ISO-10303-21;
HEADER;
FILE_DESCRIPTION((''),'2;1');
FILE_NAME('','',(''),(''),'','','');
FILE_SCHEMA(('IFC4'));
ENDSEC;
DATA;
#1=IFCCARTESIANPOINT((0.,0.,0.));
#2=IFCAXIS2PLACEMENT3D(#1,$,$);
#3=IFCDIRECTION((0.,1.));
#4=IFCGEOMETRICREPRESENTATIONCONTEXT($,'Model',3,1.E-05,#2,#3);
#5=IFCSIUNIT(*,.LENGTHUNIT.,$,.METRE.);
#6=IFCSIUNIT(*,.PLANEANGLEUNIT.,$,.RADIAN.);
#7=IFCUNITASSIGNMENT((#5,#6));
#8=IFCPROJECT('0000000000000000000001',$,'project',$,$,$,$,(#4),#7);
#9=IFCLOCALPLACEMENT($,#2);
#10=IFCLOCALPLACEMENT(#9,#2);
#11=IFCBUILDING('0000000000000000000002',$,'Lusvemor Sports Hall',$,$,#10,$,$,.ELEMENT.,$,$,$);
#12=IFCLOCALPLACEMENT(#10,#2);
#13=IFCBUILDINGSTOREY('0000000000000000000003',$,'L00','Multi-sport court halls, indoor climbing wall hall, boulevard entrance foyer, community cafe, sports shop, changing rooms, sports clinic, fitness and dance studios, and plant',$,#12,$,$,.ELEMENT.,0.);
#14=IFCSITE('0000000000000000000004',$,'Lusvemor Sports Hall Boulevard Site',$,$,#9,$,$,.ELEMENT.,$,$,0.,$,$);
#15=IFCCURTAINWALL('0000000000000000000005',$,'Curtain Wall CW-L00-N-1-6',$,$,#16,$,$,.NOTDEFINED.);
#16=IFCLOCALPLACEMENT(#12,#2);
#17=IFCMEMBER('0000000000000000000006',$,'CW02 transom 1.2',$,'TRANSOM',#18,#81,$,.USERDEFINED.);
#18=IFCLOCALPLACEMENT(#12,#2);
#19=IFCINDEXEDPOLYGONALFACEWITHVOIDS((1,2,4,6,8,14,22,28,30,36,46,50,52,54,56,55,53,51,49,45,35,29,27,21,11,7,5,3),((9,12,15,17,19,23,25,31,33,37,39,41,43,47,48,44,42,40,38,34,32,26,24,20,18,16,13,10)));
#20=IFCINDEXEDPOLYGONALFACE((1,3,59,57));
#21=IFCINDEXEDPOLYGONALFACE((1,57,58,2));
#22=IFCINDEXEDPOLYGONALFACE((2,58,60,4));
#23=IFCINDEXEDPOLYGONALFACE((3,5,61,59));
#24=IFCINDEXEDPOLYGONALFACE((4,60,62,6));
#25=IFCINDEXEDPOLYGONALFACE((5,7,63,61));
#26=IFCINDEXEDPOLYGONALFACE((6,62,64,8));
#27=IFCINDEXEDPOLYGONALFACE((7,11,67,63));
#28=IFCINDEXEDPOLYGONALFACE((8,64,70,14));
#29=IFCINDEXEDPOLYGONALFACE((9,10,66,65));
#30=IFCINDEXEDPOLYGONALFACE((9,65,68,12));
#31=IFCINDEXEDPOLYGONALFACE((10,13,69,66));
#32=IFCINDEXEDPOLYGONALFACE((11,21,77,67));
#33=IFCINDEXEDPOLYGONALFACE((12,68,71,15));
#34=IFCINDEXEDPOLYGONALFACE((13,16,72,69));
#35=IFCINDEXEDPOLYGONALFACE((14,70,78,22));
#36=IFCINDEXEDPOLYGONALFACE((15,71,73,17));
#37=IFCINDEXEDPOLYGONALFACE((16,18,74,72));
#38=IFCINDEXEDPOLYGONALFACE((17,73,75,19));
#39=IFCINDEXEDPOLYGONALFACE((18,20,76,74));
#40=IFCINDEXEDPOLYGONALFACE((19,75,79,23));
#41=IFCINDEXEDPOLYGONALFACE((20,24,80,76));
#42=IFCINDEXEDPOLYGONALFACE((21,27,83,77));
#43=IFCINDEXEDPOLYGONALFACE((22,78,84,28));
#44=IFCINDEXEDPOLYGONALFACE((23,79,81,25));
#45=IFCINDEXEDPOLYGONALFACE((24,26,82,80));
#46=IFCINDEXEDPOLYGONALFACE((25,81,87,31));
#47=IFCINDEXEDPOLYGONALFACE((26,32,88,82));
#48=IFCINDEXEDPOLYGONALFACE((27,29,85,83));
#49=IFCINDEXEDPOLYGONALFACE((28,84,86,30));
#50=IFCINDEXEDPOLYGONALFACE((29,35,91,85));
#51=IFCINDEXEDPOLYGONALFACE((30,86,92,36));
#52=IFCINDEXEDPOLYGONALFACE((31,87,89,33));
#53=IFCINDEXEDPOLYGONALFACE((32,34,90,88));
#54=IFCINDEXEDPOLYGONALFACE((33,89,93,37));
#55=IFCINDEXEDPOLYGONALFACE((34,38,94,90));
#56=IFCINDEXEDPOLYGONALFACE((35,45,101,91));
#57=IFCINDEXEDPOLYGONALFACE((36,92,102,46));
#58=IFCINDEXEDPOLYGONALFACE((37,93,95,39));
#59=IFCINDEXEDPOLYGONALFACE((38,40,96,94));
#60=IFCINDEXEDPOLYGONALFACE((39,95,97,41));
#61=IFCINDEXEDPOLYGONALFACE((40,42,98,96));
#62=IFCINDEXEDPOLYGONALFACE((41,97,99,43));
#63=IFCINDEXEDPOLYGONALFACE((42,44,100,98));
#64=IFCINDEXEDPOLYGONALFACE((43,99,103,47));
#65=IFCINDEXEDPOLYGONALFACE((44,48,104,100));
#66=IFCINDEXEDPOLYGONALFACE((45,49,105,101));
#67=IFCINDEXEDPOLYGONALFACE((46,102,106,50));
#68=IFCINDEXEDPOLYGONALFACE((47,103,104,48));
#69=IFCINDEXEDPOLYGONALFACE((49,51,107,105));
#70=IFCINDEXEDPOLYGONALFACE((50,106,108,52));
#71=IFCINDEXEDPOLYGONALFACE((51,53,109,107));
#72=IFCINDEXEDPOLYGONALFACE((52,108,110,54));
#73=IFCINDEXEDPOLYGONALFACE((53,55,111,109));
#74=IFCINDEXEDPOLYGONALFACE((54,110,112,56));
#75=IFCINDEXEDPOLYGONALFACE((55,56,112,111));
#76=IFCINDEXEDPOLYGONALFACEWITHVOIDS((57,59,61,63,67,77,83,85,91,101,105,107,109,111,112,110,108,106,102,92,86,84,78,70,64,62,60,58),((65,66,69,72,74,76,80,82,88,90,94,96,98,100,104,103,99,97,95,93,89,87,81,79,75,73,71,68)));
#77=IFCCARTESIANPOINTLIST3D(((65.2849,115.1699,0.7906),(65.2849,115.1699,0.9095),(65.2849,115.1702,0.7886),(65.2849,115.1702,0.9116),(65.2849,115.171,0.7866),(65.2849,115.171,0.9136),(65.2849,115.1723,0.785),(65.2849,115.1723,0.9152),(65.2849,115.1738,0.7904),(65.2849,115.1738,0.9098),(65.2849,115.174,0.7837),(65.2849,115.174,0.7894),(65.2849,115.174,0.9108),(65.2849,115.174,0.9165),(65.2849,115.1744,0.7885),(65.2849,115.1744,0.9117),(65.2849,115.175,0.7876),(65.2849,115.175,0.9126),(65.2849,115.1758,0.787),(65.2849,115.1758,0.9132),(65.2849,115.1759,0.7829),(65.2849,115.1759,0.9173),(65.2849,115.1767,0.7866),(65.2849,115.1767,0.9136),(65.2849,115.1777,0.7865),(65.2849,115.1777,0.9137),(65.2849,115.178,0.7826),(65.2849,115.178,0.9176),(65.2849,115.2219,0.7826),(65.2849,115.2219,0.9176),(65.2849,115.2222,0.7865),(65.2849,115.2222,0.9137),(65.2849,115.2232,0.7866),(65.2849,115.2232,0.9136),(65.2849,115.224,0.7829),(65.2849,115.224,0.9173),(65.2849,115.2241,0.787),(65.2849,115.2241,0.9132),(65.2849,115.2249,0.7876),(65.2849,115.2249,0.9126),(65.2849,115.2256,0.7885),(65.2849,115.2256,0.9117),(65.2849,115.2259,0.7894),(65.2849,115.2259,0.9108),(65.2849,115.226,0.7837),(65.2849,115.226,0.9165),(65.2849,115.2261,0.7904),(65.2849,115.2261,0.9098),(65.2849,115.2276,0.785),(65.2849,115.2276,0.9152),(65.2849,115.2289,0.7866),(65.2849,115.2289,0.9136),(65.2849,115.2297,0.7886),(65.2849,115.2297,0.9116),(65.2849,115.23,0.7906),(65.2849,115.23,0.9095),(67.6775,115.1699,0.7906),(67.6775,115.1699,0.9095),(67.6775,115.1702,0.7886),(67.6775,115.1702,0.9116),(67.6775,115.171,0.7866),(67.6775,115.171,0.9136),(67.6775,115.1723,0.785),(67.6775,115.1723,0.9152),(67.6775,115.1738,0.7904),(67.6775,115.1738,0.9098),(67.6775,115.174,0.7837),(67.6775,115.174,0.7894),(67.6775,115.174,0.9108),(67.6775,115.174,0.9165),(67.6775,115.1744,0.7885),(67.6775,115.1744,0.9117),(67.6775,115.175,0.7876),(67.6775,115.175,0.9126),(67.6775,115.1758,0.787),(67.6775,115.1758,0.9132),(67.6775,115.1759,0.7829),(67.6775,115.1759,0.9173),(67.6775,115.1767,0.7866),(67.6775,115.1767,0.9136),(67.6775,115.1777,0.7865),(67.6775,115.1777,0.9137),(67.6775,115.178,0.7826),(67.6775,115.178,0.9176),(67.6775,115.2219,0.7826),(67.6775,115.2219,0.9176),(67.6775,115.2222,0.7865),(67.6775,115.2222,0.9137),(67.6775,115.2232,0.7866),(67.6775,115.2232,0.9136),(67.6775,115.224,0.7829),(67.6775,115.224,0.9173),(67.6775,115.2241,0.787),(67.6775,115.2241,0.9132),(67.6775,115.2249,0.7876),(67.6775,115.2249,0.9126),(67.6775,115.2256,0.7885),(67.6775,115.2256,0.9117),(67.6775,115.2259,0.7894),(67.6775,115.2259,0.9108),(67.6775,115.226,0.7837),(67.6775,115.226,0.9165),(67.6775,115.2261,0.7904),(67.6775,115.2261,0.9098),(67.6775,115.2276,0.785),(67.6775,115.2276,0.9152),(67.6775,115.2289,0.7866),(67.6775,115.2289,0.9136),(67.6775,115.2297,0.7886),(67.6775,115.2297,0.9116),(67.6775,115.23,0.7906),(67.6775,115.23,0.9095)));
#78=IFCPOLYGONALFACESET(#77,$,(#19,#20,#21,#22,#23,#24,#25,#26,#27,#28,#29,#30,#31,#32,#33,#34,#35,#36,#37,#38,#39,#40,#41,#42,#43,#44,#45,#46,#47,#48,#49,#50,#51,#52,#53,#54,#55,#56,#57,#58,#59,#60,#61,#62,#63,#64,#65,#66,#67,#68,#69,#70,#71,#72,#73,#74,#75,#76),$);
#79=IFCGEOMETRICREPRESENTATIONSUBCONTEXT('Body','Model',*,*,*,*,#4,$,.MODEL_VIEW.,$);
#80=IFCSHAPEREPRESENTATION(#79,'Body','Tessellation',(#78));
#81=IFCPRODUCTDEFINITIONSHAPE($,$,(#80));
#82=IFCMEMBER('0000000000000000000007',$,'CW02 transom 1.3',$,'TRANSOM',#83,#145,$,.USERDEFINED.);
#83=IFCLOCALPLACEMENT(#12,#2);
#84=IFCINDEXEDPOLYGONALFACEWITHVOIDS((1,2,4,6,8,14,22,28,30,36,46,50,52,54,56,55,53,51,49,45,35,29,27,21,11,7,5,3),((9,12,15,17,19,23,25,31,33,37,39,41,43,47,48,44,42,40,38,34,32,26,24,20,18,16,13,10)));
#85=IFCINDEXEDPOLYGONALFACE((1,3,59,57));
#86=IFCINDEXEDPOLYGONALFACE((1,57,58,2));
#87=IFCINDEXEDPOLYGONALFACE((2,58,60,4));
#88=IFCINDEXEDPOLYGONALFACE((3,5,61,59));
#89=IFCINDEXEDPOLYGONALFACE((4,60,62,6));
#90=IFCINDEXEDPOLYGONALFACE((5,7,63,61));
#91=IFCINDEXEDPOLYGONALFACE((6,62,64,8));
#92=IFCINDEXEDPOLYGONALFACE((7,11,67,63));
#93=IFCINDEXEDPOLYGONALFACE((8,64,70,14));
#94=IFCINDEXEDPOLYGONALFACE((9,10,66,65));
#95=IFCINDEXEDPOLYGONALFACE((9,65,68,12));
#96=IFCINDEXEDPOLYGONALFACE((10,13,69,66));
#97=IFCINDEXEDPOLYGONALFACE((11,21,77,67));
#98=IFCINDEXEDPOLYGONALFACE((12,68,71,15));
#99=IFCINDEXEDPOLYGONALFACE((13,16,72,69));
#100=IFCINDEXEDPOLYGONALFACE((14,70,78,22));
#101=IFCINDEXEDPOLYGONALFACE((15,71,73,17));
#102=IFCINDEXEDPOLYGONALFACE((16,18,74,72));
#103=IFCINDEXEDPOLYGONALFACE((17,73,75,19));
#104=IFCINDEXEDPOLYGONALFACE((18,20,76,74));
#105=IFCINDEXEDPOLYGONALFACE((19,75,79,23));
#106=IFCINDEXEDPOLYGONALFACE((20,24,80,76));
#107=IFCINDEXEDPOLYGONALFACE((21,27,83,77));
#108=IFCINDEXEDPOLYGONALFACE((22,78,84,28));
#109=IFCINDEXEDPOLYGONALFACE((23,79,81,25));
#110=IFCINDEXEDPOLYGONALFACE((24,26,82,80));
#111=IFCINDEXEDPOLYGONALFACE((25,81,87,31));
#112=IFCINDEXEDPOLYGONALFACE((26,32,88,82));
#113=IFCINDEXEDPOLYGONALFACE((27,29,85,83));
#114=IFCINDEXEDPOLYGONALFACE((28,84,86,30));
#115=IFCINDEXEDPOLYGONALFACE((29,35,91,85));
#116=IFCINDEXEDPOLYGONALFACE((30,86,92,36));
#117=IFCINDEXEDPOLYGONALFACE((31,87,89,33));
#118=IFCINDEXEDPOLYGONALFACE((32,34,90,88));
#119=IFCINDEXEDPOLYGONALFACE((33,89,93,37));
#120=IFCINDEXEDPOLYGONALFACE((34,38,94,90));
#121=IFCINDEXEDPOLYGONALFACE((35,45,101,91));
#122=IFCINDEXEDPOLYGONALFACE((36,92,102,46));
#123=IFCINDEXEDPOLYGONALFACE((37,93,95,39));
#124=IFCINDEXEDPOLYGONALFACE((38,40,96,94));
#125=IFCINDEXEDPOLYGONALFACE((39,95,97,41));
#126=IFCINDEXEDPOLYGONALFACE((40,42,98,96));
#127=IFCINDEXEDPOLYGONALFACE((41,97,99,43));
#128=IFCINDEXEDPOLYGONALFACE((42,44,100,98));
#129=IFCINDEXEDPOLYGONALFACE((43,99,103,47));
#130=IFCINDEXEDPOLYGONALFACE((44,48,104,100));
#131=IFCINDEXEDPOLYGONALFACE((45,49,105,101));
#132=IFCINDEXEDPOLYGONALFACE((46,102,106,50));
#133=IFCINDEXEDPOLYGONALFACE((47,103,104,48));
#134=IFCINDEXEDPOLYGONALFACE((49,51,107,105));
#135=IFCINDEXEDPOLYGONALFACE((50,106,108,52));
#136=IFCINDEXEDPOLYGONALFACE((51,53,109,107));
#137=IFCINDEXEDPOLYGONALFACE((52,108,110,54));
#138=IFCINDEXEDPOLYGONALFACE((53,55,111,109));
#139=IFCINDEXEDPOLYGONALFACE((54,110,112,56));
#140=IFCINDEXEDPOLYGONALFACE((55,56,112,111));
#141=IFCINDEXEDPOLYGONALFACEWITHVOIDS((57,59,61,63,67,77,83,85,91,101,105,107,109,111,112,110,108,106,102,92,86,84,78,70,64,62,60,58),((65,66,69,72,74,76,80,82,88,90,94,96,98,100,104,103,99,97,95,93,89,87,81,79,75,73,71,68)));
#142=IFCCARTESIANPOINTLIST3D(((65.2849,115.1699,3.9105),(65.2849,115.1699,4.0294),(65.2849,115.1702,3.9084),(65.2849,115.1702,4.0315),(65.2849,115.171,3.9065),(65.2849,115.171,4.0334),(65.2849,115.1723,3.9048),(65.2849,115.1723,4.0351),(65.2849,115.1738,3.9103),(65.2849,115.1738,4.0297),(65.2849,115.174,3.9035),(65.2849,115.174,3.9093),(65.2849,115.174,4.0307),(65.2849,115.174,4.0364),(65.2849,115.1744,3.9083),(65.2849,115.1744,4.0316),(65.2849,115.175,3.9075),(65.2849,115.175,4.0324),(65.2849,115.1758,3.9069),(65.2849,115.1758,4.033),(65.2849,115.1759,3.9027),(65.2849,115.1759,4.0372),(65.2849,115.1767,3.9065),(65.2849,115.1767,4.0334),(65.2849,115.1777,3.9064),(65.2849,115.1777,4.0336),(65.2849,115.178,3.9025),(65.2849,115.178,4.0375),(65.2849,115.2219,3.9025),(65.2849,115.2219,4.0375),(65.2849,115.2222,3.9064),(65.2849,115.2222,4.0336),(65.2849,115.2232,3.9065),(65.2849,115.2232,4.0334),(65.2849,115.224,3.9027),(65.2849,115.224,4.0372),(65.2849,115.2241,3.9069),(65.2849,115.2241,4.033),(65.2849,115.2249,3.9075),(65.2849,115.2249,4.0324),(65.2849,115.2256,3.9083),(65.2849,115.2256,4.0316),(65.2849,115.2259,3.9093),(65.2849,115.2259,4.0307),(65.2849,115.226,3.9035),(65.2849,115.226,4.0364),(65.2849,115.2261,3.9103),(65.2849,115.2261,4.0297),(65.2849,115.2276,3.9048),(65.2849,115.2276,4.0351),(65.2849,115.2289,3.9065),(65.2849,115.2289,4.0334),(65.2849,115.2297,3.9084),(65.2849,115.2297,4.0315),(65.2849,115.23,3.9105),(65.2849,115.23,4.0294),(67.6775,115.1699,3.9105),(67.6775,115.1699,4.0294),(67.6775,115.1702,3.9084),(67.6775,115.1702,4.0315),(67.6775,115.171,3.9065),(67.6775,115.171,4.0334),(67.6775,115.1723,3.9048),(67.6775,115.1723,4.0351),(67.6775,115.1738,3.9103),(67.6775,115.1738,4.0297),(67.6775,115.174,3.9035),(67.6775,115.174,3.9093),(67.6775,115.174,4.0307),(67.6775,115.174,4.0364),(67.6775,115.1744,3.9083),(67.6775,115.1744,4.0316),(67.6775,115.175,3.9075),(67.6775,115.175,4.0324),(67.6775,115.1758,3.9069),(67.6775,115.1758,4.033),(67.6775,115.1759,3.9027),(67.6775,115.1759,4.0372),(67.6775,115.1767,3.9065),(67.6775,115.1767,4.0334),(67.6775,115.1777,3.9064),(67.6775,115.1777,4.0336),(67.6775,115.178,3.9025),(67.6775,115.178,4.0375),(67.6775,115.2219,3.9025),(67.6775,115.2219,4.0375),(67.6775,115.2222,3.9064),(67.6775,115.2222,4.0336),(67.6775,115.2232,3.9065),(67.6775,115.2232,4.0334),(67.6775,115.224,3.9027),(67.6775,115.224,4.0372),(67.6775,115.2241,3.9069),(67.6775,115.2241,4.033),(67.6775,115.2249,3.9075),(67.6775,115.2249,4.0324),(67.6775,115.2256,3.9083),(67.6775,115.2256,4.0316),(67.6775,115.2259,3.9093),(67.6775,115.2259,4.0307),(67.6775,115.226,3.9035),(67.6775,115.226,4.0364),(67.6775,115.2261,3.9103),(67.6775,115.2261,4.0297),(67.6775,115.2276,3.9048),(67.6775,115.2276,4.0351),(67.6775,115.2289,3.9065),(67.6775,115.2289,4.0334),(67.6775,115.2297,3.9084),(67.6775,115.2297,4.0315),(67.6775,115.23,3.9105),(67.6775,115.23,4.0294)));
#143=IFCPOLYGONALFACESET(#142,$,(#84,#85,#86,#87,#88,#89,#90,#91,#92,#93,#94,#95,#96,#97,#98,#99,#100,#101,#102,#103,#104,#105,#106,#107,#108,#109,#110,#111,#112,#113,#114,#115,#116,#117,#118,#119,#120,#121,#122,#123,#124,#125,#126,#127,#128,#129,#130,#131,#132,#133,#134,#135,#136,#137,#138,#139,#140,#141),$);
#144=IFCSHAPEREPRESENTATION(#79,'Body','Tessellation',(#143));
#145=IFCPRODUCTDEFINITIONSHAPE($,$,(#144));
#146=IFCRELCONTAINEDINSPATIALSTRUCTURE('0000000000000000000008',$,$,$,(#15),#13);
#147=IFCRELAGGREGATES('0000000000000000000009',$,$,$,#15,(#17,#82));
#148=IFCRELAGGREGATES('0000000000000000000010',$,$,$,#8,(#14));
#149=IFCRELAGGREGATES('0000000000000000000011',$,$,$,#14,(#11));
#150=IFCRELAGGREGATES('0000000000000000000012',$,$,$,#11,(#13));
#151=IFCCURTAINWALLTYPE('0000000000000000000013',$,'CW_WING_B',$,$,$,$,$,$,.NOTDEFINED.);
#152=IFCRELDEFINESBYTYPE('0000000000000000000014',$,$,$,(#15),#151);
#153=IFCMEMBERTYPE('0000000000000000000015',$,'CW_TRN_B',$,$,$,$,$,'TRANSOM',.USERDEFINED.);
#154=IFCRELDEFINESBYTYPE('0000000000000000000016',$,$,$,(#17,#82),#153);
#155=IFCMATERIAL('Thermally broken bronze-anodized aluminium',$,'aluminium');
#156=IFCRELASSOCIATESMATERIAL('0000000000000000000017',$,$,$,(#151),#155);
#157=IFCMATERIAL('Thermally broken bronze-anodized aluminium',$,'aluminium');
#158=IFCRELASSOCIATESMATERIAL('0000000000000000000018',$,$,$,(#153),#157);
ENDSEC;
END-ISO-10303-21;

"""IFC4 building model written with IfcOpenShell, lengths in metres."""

from ifc_helpers import new_model, si_unit, direction, frame, origin, origin_2d, place, context, subcontext, project, spatial, hollow_rectangle, extrude, material, material_profile, profile_set, type_object, element, aggregate, save


model = new_model("IFC4")

# Units and contexts
model_context = context("Model", 3, precision=1e-05, world=origin(), true_north=direction((0.0, 1.0)))
body_context = subcontext(model_context, "Body", "Model", "MODEL_VIEW")
ifc_project = project(units=[si_unit("LENGTHUNIT", "METRE"), si_unit("PLANEANGLEUNIT", "RADIAN")], contexts=[model_context])

# Site, building, storey
site_placement = place(None, origin())
site = spatial("IfcSite", under=ifc_project, at=site_placement, Name="Lusvemor Sports Hall Boulevard Site", CompositionType="ELEMENT", RefElevation=0.0)
building_placement = place(site_placement, origin())
building = spatial("IfcBuilding", under=site, at=building_placement, Name="Lusvemor Sports Hall", CompositionType="ELEMENT")
storey_placement = place(building_placement, origin())
storey = spatial("IfcBuildingStorey", under=building, at=storey_placement, Name="L00", Description="Multi-sport court halls, indoor climbing wall hall, boulevard entrance foyer, community cafe, sports shop, changing rooms, sports clinic, fitness and dance studios, and plant", CompositionType="ELEMENT", Elevation=0.0)

# Curtain wall
ifc_material_1 = material(Name="Thermally broken bronze-anodized aluminium", Category="aluminium")
curtain_wall_type = type_object("IfcCurtainWallType", Name="CW_WING_B", PredefinedType="NOTDEFINED", material=ifc_material_1)
curtain_wall_1_placement = place(storey_placement, origin())
curtain_wall_1 = element("IfcCurtainWall", 1, at=curtain_wall_1_placement, inside=storey, type_object=curtain_wall_type, Name="Curtain Wall CW-L00-N-1-6", PredefinedType="NOTDEFINED")

# Members
ifc_material_2 = material(Name="Thermally broken bronze-anodized aluminium", Category="aluminium")
ifc_material_profile_1 = material_profile(ifc_material_2, hollow_rectangle(XDim=0.0601, YDim=0.135, WallThickness=0.0039, InnerFilletRadius=0.0039, OuterFilletRadius=0.0081, at=origin_2d()), Name="CWTRN135x60x4")
ifc_profile_set_1 = profile_set([ifc_material_profile_1], Name="Thermally broken bronze-anodized aluminium")
member_type_1 = type_object("IfcMemberType", Name="CW_TRN_B", ElementType="TRANSOM", PredefinedType="USERDEFINED", material=ifc_profile_set_1)
member_1_placement = place(storey_placement, frame((65.2849, 115.2, 0.8501), z_axis=(1.0, 0.0, 0.0), x_axis=(0.0, 1.0, 0.0)))
member_1 = element("IfcMember", 2, at=member_1_placement, type_object=member_type_1, Name="CW02 transom 1.2", ObjectType="TRANSOM", PredefinedType="USERDEFINED", context=body_context, shape_type="SweptSolid", body=[
    extrude(hollow_rectangle(XDim=0.0601, YDim=0.135, WallThickness=0.0039, InnerFilletRadius=0.0039, OuterFilletRadius=0.0081, at=origin_2d()), origin(), (0.0, 0.0, 1.0), 2.3926),
])
member_2_placement = place(storey_placement, frame((65.2849, 115.2, 3.97), z_axis=(1.0, 0.0, 0.0), x_axis=(0.0, 1.0, 0.0)))
member_2 = element("IfcMember", 3, at=member_2_placement, type_object=member_type_1, Name="CW02 transom 1.3", ObjectType="TRANSOM", PredefinedType="USERDEFINED", context=body_context, shape_type="SweptSolid", body=[
    extrude(hollow_rectangle(XDim=0.0601, YDim=0.135, WallThickness=0.0039, InnerFilletRadius=0.0039, OuterFilletRadius=0.0081, at=origin_2d()), origin(), (0.0, 0.0, 1.0), 2.3926),
])

aggregate(curtain_wall_1, [member_1, member_2])

save(model, "model.ifc")
